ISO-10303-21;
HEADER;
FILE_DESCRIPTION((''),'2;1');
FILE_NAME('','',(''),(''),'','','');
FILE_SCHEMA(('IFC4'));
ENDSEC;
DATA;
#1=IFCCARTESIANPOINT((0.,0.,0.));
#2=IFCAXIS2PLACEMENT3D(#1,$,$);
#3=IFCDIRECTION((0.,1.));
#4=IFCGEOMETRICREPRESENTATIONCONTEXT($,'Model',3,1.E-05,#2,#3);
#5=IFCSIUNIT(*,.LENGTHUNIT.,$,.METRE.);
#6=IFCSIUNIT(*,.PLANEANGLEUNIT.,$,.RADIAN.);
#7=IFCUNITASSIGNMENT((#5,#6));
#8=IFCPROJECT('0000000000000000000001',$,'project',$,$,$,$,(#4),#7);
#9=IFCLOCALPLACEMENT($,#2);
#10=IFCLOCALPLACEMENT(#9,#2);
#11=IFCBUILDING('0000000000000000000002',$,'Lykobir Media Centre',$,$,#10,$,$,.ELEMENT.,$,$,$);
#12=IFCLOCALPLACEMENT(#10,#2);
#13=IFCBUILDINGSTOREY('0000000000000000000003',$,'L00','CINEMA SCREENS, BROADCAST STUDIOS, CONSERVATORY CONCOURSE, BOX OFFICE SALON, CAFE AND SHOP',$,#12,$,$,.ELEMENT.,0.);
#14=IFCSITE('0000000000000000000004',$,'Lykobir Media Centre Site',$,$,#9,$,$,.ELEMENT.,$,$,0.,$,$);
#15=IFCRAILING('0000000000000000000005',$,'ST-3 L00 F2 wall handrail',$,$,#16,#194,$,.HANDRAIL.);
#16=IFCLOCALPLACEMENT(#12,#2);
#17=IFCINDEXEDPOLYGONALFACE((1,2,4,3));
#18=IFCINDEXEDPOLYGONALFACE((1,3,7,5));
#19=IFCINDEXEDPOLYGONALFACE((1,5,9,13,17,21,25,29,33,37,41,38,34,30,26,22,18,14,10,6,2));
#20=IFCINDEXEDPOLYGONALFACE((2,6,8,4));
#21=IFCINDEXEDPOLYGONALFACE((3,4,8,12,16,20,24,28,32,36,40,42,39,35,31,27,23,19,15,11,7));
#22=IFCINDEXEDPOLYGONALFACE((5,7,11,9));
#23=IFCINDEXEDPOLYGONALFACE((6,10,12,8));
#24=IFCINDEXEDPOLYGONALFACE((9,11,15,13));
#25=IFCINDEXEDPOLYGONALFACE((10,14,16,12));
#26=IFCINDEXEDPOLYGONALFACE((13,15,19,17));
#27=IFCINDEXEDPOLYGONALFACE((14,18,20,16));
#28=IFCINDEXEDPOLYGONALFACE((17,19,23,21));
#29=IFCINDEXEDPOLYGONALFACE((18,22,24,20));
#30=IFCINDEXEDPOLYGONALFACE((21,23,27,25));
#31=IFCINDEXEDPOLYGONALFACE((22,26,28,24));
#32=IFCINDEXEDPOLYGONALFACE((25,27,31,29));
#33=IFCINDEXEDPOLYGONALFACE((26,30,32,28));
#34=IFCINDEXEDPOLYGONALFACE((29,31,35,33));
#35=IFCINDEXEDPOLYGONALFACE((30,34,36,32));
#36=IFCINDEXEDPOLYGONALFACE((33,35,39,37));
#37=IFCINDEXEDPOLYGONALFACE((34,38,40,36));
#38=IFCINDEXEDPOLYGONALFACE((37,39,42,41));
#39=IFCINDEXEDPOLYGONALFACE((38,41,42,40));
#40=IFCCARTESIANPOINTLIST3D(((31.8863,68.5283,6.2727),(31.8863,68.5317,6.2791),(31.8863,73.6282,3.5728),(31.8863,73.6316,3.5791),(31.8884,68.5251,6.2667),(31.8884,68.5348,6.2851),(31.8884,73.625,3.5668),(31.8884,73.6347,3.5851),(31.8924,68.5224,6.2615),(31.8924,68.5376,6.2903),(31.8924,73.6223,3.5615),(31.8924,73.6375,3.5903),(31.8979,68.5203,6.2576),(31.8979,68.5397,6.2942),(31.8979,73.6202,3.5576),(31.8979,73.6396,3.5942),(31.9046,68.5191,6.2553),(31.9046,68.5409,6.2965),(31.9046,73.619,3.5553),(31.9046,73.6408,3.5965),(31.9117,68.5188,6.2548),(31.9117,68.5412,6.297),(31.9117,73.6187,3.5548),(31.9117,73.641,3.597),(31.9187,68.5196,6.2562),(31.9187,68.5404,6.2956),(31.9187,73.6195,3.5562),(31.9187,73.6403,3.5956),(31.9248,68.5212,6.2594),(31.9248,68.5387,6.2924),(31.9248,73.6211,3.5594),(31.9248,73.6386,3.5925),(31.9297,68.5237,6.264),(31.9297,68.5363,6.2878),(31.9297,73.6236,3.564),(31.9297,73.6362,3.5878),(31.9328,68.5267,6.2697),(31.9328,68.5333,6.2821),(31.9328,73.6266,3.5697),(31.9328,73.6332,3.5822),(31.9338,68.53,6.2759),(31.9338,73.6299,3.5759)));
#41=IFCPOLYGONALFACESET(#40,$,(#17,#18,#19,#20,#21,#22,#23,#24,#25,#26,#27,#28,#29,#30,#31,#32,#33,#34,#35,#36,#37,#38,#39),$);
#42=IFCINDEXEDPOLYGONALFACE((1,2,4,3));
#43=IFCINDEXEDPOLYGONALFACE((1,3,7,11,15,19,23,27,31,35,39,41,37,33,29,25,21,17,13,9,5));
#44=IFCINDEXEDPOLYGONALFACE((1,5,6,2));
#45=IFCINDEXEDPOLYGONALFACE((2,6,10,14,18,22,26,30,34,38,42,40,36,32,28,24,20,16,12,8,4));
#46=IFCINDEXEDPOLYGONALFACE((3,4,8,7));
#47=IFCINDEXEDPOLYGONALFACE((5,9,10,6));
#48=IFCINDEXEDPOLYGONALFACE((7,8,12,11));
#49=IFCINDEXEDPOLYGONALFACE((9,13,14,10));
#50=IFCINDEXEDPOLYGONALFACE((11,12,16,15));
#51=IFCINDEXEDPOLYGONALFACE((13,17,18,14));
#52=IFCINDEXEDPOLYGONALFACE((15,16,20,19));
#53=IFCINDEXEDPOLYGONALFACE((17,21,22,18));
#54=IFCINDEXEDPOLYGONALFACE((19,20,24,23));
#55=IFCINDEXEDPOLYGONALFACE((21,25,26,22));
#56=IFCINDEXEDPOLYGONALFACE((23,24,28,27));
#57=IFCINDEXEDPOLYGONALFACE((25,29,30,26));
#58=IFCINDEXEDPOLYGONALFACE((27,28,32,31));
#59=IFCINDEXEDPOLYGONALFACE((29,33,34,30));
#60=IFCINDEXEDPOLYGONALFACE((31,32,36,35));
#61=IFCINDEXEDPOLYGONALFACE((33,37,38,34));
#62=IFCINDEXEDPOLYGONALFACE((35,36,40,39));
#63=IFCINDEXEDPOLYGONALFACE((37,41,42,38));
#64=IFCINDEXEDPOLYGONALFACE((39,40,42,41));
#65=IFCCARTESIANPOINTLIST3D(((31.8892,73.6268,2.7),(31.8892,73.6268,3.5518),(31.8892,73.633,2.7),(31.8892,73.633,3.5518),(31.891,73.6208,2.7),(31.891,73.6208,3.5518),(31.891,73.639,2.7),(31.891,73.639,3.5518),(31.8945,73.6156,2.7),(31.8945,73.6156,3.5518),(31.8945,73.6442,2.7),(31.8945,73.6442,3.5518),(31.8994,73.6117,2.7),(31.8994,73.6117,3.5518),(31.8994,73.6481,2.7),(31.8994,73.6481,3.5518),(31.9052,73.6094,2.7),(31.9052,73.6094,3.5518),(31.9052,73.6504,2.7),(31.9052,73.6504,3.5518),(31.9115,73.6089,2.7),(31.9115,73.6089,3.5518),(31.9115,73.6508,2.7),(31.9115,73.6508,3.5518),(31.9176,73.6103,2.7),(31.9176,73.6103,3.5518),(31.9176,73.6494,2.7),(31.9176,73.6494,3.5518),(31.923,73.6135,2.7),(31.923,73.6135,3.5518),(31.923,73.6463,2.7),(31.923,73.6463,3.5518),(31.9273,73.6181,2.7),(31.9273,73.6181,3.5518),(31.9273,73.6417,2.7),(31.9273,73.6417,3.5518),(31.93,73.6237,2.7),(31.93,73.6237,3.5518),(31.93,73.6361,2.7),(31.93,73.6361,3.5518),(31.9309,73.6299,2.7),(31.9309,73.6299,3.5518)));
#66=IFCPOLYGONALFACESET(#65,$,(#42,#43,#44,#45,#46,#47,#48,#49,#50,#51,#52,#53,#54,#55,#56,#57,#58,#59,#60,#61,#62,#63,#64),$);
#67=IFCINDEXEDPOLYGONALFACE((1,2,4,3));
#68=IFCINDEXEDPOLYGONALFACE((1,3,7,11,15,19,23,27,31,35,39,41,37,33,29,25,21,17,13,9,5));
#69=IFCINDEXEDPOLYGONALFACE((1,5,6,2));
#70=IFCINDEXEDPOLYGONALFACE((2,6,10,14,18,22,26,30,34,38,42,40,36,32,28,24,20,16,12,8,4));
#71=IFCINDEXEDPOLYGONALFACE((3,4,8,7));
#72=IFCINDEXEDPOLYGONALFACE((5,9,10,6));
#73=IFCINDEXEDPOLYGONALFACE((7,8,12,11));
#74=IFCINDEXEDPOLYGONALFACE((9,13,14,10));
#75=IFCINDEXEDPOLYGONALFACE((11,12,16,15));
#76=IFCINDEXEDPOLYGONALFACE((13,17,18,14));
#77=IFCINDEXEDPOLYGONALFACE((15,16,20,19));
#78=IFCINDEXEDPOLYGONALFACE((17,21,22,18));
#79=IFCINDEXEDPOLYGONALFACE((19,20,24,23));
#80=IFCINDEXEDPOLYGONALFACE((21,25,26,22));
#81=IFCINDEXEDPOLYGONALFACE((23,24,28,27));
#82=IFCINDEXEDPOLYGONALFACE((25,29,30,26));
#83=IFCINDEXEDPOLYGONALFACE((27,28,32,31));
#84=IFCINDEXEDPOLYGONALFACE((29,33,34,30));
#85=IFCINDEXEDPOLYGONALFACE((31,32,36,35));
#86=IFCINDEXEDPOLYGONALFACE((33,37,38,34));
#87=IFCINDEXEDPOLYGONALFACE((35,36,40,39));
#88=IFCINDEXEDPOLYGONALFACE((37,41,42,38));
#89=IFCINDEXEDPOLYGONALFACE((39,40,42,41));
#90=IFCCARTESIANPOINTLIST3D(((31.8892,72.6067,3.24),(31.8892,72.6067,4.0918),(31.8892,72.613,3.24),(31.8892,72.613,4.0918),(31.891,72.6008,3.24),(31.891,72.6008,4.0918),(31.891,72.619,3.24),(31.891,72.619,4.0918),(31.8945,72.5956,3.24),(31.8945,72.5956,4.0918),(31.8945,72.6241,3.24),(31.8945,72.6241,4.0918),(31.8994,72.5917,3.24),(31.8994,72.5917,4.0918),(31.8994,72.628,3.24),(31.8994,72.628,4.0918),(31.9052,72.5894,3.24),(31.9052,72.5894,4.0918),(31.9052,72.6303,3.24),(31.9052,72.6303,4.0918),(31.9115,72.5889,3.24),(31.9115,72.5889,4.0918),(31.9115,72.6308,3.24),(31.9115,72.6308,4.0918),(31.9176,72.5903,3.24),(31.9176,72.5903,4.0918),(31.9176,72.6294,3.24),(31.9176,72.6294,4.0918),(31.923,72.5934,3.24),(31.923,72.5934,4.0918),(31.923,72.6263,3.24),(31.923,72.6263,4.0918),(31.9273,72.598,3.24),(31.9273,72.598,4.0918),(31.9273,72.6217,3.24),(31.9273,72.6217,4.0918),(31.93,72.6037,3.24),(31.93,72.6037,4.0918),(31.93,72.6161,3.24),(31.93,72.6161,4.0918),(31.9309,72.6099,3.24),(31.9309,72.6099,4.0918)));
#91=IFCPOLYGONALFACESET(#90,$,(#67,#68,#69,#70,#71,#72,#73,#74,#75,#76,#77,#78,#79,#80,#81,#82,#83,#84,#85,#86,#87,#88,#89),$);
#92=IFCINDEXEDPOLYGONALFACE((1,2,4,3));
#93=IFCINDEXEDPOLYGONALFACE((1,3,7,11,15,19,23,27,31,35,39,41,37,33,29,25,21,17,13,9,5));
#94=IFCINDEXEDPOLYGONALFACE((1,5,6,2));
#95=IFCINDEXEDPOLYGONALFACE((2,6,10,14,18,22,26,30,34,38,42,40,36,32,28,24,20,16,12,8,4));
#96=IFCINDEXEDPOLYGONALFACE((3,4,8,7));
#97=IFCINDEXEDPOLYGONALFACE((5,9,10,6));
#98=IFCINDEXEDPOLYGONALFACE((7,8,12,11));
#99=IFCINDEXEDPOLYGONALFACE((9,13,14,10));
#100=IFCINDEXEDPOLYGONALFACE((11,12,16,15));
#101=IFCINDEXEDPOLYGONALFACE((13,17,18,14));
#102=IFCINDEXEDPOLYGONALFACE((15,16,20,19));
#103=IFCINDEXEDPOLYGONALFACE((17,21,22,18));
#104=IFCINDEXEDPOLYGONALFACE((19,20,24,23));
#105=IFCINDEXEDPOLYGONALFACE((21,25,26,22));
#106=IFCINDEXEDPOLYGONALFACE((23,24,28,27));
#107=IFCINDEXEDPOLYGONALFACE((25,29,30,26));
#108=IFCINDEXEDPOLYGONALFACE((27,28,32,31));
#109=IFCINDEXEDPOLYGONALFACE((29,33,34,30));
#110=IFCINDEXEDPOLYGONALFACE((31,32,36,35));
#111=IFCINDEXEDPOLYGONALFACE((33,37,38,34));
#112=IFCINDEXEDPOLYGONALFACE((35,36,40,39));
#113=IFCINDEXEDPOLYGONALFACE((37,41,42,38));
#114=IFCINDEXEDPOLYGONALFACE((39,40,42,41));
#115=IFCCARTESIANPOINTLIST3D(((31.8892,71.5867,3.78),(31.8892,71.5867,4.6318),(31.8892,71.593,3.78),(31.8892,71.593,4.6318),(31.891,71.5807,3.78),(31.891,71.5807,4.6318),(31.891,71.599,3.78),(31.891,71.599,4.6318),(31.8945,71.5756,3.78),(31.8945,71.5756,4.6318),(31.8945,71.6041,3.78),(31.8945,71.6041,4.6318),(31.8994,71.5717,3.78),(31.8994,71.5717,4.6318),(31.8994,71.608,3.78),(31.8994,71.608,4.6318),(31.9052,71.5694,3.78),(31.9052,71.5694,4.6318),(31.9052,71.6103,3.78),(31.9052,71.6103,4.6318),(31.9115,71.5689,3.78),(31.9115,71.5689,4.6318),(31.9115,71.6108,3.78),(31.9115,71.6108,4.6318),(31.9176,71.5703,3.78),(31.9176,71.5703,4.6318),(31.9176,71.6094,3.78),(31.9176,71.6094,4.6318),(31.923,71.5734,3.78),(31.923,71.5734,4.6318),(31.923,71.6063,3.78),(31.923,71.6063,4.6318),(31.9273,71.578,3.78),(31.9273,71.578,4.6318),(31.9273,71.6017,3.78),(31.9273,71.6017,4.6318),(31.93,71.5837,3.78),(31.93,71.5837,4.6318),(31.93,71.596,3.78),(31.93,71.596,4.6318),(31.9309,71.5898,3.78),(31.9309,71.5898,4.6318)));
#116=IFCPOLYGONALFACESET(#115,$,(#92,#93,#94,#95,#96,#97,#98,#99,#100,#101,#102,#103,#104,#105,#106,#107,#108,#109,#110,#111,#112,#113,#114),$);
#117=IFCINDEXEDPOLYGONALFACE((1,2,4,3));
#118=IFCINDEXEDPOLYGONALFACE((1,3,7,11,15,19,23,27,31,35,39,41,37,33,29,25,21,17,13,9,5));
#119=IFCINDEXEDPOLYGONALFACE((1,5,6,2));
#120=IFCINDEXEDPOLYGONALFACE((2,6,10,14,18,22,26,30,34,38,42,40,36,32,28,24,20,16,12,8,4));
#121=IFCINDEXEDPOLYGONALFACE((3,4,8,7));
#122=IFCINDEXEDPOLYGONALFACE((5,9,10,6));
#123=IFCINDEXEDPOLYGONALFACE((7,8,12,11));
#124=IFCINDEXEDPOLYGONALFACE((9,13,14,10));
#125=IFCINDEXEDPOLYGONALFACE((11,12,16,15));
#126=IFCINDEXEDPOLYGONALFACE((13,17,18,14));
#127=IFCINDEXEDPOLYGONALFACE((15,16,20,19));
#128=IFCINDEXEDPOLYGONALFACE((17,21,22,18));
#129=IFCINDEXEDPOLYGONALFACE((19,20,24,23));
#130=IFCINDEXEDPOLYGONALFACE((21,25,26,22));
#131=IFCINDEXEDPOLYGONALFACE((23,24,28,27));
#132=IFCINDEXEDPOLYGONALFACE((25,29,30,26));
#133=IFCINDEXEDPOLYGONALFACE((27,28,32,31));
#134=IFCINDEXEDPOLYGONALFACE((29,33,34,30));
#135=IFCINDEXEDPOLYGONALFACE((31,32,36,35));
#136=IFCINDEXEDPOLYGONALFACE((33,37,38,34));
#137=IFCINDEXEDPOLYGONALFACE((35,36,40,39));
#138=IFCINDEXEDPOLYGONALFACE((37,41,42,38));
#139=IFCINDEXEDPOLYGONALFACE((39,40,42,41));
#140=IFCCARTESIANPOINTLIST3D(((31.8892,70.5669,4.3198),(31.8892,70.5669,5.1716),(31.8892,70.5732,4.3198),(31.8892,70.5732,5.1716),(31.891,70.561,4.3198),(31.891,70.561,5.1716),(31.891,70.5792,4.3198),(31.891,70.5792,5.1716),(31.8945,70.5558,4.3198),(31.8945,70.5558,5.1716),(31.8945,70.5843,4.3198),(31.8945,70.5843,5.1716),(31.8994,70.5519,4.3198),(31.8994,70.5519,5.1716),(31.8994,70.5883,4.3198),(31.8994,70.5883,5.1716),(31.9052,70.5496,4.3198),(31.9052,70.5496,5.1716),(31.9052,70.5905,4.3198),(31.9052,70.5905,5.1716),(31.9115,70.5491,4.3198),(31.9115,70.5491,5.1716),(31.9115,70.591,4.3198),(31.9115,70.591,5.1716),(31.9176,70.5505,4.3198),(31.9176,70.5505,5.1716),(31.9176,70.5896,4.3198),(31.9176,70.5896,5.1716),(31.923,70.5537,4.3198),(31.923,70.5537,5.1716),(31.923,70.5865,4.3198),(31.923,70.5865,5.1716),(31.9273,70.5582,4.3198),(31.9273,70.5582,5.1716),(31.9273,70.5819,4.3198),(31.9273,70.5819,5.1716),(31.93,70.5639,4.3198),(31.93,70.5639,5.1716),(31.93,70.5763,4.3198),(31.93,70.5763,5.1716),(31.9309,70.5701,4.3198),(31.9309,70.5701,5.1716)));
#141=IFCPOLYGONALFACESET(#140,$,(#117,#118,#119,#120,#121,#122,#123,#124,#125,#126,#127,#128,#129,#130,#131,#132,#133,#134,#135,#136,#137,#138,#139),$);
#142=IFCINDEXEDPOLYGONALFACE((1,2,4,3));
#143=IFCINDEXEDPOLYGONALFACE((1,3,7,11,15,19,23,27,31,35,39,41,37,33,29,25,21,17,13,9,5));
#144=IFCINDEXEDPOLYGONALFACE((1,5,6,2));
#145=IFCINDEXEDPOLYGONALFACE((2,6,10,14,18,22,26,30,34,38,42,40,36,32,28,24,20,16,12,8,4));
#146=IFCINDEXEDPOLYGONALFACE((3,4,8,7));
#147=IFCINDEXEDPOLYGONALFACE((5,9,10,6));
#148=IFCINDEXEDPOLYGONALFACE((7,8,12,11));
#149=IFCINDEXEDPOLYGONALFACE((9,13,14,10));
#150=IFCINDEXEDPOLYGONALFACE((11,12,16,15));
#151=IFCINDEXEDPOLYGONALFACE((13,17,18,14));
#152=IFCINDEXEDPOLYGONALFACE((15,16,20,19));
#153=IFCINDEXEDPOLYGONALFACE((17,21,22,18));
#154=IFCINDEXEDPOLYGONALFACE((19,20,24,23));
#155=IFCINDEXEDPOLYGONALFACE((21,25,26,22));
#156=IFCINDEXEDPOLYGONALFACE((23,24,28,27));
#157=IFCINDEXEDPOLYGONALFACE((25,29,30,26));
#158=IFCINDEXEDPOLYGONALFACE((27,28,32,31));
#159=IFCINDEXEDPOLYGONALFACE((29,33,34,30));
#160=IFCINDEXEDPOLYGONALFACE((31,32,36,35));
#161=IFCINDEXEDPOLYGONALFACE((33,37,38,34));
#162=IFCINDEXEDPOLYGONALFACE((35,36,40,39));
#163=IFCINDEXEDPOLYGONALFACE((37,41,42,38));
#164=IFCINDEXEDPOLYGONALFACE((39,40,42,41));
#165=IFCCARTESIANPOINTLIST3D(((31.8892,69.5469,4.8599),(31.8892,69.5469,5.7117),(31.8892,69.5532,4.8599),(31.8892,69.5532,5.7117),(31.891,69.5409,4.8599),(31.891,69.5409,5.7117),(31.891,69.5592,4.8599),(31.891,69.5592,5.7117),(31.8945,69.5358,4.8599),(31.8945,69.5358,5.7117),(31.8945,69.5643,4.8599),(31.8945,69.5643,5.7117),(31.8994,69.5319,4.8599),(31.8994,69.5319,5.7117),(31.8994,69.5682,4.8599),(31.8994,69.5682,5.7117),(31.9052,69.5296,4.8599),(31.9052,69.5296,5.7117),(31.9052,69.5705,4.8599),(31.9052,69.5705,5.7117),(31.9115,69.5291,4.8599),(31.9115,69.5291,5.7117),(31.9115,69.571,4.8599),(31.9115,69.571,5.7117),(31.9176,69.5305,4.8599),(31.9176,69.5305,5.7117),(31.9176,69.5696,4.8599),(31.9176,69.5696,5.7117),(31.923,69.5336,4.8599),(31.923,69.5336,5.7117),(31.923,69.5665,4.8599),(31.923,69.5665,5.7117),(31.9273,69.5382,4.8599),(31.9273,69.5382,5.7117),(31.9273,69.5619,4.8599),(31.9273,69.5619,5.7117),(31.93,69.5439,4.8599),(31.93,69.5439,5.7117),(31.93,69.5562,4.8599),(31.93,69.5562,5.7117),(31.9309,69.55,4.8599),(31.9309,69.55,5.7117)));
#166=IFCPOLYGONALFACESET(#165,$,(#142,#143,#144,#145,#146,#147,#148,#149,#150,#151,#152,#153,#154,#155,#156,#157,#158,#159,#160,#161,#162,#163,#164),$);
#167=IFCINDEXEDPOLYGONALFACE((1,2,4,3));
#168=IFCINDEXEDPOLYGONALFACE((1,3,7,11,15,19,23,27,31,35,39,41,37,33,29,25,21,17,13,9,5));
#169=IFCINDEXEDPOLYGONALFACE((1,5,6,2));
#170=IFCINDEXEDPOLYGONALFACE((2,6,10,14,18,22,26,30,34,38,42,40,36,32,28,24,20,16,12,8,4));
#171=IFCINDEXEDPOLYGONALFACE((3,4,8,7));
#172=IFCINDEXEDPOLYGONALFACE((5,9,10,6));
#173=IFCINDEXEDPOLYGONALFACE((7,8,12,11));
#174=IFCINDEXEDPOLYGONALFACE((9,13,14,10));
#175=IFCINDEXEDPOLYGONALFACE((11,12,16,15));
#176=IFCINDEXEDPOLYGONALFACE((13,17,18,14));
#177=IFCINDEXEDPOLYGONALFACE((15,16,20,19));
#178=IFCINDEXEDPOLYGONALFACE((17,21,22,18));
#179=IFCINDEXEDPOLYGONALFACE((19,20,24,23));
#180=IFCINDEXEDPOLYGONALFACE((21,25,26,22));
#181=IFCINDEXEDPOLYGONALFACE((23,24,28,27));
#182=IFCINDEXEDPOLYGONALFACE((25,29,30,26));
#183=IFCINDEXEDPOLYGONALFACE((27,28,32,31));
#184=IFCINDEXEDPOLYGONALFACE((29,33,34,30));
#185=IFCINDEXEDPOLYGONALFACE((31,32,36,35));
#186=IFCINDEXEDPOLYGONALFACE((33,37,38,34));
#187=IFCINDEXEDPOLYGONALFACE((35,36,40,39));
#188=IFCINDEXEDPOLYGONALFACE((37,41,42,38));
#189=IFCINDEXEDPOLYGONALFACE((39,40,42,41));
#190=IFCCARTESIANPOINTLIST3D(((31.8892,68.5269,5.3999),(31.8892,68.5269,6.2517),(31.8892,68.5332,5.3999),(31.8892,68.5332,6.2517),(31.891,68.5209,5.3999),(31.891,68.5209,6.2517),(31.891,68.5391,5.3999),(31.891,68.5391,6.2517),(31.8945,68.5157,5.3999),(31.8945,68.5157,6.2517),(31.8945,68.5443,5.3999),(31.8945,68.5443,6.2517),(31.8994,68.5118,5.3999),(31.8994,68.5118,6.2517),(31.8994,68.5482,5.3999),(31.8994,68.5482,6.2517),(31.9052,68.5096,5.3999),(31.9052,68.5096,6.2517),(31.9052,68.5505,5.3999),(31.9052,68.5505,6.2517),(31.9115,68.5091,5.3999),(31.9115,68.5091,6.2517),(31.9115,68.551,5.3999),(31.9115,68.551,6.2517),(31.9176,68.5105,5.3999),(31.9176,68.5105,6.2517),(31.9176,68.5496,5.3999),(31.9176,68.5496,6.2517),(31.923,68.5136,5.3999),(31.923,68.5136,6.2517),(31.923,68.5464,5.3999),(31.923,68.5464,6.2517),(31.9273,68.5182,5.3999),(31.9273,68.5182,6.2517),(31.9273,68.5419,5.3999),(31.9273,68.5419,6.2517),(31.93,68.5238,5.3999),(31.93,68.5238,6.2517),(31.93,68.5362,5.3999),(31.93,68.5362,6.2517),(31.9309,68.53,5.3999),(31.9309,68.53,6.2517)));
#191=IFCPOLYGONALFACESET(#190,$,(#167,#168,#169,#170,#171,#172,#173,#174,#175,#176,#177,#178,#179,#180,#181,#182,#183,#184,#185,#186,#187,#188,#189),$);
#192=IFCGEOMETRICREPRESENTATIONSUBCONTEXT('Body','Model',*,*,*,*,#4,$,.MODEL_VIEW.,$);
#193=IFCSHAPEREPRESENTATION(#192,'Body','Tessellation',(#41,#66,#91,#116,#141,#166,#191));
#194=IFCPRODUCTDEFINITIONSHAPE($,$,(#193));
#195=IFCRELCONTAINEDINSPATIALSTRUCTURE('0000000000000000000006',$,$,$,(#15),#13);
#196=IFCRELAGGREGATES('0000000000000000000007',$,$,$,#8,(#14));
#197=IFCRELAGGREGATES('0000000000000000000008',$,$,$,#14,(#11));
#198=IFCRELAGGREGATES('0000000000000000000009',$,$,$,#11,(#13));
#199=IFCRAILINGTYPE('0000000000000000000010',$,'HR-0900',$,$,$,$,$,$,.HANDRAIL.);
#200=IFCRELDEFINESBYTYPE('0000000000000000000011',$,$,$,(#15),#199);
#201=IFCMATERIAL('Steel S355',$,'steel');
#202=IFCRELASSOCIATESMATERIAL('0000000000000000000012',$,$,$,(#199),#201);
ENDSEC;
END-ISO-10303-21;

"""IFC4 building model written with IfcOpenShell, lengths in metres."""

from ifc_helpers import new_model, si_unit, direction, frame, origin, origin_2d, place, context, subcontext, project, spatial, circle, extrude, material, type_object, element, save


model = new_model("IFC4")

# Units and contexts
model_context = context("Model", 3, precision=1e-05, world=origin(), true_north=direction((0.0, 1.0)))
body_context = subcontext(model_context, "Body", "Model", "MODEL_VIEW")
ifc_project = project(units=[si_unit("LENGTHUNIT", "METRE"), si_unit("PLANEANGLEUNIT", "RADIAN")], contexts=[model_context])

# Site, building, storey
site_placement = place(None, origin())
site = spatial("IfcSite", under=ifc_project, at=site_placement, Name="Lykobir Media Centre Site", CompositionType="ELEMENT", RefElevation=0.0)
building_placement = place(site_placement, origin())
building = spatial("IfcBuilding", under=site, at=building_placement, Name="Lykobir Media Centre", CompositionType="ELEMENT")
storey_placement = place(building_placement, origin())
storey = spatial("IfcBuildingStorey", under=building, at=storey_placement, Name="L00", Description="CINEMA SCREENS, BROADCAST STUDIOS, CONSERVATORY CONCOURSE, BOX OFFICE SALON, CAFE AND SHOP", CompositionType="ELEMENT", Elevation=0.0)

# Shared definitions
ifc_material_1 = material(Name="Steel S355", Category="steel")

# Railing
railing_type_1 = type_object("IfcRailingType", Name="HR-0900", PredefinedType="HANDRAIL", material=ifc_material_1)
railing_1_placement = place(storey_placement, frame((31.9099, 73.6299, 2.7)))
element("IfcRailing", 1, at=railing_1_placement, inside=storey, type_object=railing_type_1, Name="ST-3 L00 F2 wall handrail", PredefinedType="HANDRAIL", context=body_context, shape_type="SweptSolid", body=[
    extrude(circle(Radius=0.0239, at=origin_2d()), frame((0.0, 0.0, 0.876), z_axis=(0.0, -0.883786, 0.467892), x_axis=(1.0, 0.0, 0.0)), (0.0, 0.0, 1.0), 5.7705),
    extrude(circle(Radius=0.021, at=origin_2d()), origin(), (0.0, 0.0, 1.0), 0.8518),
    extrude(circle(Radius=0.021, at=origin_2d()), frame((0.0, -1.02, 0.54)), (0.0, 0.0, 1.0), 0.8518),
    extrude(circle(Radius=0.021, at=origin_2d()), frame((0.0, -2.04, 1.0801)), (0.0, 0.0, 1.0), 0.8518),
    extrude(circle(Radius=0.021, at=origin_2d()), frame((0.0, -3.0598, 1.6199)), (0.0, 0.0, 1.0), 0.8518),
    extrude(circle(Radius=0.021, at=origin_2d()), frame((0.0, -4.0798, 2.1599)), (0.0, 0.0, 1.0), 0.8518),
    extrude(circle(Radius=0.021, at=origin_2d()), frame((0.0, -5.0999, 2.7)), (0.0, 0.0, 1.0), 0.8518),
])

save(model, "model.ifc")
